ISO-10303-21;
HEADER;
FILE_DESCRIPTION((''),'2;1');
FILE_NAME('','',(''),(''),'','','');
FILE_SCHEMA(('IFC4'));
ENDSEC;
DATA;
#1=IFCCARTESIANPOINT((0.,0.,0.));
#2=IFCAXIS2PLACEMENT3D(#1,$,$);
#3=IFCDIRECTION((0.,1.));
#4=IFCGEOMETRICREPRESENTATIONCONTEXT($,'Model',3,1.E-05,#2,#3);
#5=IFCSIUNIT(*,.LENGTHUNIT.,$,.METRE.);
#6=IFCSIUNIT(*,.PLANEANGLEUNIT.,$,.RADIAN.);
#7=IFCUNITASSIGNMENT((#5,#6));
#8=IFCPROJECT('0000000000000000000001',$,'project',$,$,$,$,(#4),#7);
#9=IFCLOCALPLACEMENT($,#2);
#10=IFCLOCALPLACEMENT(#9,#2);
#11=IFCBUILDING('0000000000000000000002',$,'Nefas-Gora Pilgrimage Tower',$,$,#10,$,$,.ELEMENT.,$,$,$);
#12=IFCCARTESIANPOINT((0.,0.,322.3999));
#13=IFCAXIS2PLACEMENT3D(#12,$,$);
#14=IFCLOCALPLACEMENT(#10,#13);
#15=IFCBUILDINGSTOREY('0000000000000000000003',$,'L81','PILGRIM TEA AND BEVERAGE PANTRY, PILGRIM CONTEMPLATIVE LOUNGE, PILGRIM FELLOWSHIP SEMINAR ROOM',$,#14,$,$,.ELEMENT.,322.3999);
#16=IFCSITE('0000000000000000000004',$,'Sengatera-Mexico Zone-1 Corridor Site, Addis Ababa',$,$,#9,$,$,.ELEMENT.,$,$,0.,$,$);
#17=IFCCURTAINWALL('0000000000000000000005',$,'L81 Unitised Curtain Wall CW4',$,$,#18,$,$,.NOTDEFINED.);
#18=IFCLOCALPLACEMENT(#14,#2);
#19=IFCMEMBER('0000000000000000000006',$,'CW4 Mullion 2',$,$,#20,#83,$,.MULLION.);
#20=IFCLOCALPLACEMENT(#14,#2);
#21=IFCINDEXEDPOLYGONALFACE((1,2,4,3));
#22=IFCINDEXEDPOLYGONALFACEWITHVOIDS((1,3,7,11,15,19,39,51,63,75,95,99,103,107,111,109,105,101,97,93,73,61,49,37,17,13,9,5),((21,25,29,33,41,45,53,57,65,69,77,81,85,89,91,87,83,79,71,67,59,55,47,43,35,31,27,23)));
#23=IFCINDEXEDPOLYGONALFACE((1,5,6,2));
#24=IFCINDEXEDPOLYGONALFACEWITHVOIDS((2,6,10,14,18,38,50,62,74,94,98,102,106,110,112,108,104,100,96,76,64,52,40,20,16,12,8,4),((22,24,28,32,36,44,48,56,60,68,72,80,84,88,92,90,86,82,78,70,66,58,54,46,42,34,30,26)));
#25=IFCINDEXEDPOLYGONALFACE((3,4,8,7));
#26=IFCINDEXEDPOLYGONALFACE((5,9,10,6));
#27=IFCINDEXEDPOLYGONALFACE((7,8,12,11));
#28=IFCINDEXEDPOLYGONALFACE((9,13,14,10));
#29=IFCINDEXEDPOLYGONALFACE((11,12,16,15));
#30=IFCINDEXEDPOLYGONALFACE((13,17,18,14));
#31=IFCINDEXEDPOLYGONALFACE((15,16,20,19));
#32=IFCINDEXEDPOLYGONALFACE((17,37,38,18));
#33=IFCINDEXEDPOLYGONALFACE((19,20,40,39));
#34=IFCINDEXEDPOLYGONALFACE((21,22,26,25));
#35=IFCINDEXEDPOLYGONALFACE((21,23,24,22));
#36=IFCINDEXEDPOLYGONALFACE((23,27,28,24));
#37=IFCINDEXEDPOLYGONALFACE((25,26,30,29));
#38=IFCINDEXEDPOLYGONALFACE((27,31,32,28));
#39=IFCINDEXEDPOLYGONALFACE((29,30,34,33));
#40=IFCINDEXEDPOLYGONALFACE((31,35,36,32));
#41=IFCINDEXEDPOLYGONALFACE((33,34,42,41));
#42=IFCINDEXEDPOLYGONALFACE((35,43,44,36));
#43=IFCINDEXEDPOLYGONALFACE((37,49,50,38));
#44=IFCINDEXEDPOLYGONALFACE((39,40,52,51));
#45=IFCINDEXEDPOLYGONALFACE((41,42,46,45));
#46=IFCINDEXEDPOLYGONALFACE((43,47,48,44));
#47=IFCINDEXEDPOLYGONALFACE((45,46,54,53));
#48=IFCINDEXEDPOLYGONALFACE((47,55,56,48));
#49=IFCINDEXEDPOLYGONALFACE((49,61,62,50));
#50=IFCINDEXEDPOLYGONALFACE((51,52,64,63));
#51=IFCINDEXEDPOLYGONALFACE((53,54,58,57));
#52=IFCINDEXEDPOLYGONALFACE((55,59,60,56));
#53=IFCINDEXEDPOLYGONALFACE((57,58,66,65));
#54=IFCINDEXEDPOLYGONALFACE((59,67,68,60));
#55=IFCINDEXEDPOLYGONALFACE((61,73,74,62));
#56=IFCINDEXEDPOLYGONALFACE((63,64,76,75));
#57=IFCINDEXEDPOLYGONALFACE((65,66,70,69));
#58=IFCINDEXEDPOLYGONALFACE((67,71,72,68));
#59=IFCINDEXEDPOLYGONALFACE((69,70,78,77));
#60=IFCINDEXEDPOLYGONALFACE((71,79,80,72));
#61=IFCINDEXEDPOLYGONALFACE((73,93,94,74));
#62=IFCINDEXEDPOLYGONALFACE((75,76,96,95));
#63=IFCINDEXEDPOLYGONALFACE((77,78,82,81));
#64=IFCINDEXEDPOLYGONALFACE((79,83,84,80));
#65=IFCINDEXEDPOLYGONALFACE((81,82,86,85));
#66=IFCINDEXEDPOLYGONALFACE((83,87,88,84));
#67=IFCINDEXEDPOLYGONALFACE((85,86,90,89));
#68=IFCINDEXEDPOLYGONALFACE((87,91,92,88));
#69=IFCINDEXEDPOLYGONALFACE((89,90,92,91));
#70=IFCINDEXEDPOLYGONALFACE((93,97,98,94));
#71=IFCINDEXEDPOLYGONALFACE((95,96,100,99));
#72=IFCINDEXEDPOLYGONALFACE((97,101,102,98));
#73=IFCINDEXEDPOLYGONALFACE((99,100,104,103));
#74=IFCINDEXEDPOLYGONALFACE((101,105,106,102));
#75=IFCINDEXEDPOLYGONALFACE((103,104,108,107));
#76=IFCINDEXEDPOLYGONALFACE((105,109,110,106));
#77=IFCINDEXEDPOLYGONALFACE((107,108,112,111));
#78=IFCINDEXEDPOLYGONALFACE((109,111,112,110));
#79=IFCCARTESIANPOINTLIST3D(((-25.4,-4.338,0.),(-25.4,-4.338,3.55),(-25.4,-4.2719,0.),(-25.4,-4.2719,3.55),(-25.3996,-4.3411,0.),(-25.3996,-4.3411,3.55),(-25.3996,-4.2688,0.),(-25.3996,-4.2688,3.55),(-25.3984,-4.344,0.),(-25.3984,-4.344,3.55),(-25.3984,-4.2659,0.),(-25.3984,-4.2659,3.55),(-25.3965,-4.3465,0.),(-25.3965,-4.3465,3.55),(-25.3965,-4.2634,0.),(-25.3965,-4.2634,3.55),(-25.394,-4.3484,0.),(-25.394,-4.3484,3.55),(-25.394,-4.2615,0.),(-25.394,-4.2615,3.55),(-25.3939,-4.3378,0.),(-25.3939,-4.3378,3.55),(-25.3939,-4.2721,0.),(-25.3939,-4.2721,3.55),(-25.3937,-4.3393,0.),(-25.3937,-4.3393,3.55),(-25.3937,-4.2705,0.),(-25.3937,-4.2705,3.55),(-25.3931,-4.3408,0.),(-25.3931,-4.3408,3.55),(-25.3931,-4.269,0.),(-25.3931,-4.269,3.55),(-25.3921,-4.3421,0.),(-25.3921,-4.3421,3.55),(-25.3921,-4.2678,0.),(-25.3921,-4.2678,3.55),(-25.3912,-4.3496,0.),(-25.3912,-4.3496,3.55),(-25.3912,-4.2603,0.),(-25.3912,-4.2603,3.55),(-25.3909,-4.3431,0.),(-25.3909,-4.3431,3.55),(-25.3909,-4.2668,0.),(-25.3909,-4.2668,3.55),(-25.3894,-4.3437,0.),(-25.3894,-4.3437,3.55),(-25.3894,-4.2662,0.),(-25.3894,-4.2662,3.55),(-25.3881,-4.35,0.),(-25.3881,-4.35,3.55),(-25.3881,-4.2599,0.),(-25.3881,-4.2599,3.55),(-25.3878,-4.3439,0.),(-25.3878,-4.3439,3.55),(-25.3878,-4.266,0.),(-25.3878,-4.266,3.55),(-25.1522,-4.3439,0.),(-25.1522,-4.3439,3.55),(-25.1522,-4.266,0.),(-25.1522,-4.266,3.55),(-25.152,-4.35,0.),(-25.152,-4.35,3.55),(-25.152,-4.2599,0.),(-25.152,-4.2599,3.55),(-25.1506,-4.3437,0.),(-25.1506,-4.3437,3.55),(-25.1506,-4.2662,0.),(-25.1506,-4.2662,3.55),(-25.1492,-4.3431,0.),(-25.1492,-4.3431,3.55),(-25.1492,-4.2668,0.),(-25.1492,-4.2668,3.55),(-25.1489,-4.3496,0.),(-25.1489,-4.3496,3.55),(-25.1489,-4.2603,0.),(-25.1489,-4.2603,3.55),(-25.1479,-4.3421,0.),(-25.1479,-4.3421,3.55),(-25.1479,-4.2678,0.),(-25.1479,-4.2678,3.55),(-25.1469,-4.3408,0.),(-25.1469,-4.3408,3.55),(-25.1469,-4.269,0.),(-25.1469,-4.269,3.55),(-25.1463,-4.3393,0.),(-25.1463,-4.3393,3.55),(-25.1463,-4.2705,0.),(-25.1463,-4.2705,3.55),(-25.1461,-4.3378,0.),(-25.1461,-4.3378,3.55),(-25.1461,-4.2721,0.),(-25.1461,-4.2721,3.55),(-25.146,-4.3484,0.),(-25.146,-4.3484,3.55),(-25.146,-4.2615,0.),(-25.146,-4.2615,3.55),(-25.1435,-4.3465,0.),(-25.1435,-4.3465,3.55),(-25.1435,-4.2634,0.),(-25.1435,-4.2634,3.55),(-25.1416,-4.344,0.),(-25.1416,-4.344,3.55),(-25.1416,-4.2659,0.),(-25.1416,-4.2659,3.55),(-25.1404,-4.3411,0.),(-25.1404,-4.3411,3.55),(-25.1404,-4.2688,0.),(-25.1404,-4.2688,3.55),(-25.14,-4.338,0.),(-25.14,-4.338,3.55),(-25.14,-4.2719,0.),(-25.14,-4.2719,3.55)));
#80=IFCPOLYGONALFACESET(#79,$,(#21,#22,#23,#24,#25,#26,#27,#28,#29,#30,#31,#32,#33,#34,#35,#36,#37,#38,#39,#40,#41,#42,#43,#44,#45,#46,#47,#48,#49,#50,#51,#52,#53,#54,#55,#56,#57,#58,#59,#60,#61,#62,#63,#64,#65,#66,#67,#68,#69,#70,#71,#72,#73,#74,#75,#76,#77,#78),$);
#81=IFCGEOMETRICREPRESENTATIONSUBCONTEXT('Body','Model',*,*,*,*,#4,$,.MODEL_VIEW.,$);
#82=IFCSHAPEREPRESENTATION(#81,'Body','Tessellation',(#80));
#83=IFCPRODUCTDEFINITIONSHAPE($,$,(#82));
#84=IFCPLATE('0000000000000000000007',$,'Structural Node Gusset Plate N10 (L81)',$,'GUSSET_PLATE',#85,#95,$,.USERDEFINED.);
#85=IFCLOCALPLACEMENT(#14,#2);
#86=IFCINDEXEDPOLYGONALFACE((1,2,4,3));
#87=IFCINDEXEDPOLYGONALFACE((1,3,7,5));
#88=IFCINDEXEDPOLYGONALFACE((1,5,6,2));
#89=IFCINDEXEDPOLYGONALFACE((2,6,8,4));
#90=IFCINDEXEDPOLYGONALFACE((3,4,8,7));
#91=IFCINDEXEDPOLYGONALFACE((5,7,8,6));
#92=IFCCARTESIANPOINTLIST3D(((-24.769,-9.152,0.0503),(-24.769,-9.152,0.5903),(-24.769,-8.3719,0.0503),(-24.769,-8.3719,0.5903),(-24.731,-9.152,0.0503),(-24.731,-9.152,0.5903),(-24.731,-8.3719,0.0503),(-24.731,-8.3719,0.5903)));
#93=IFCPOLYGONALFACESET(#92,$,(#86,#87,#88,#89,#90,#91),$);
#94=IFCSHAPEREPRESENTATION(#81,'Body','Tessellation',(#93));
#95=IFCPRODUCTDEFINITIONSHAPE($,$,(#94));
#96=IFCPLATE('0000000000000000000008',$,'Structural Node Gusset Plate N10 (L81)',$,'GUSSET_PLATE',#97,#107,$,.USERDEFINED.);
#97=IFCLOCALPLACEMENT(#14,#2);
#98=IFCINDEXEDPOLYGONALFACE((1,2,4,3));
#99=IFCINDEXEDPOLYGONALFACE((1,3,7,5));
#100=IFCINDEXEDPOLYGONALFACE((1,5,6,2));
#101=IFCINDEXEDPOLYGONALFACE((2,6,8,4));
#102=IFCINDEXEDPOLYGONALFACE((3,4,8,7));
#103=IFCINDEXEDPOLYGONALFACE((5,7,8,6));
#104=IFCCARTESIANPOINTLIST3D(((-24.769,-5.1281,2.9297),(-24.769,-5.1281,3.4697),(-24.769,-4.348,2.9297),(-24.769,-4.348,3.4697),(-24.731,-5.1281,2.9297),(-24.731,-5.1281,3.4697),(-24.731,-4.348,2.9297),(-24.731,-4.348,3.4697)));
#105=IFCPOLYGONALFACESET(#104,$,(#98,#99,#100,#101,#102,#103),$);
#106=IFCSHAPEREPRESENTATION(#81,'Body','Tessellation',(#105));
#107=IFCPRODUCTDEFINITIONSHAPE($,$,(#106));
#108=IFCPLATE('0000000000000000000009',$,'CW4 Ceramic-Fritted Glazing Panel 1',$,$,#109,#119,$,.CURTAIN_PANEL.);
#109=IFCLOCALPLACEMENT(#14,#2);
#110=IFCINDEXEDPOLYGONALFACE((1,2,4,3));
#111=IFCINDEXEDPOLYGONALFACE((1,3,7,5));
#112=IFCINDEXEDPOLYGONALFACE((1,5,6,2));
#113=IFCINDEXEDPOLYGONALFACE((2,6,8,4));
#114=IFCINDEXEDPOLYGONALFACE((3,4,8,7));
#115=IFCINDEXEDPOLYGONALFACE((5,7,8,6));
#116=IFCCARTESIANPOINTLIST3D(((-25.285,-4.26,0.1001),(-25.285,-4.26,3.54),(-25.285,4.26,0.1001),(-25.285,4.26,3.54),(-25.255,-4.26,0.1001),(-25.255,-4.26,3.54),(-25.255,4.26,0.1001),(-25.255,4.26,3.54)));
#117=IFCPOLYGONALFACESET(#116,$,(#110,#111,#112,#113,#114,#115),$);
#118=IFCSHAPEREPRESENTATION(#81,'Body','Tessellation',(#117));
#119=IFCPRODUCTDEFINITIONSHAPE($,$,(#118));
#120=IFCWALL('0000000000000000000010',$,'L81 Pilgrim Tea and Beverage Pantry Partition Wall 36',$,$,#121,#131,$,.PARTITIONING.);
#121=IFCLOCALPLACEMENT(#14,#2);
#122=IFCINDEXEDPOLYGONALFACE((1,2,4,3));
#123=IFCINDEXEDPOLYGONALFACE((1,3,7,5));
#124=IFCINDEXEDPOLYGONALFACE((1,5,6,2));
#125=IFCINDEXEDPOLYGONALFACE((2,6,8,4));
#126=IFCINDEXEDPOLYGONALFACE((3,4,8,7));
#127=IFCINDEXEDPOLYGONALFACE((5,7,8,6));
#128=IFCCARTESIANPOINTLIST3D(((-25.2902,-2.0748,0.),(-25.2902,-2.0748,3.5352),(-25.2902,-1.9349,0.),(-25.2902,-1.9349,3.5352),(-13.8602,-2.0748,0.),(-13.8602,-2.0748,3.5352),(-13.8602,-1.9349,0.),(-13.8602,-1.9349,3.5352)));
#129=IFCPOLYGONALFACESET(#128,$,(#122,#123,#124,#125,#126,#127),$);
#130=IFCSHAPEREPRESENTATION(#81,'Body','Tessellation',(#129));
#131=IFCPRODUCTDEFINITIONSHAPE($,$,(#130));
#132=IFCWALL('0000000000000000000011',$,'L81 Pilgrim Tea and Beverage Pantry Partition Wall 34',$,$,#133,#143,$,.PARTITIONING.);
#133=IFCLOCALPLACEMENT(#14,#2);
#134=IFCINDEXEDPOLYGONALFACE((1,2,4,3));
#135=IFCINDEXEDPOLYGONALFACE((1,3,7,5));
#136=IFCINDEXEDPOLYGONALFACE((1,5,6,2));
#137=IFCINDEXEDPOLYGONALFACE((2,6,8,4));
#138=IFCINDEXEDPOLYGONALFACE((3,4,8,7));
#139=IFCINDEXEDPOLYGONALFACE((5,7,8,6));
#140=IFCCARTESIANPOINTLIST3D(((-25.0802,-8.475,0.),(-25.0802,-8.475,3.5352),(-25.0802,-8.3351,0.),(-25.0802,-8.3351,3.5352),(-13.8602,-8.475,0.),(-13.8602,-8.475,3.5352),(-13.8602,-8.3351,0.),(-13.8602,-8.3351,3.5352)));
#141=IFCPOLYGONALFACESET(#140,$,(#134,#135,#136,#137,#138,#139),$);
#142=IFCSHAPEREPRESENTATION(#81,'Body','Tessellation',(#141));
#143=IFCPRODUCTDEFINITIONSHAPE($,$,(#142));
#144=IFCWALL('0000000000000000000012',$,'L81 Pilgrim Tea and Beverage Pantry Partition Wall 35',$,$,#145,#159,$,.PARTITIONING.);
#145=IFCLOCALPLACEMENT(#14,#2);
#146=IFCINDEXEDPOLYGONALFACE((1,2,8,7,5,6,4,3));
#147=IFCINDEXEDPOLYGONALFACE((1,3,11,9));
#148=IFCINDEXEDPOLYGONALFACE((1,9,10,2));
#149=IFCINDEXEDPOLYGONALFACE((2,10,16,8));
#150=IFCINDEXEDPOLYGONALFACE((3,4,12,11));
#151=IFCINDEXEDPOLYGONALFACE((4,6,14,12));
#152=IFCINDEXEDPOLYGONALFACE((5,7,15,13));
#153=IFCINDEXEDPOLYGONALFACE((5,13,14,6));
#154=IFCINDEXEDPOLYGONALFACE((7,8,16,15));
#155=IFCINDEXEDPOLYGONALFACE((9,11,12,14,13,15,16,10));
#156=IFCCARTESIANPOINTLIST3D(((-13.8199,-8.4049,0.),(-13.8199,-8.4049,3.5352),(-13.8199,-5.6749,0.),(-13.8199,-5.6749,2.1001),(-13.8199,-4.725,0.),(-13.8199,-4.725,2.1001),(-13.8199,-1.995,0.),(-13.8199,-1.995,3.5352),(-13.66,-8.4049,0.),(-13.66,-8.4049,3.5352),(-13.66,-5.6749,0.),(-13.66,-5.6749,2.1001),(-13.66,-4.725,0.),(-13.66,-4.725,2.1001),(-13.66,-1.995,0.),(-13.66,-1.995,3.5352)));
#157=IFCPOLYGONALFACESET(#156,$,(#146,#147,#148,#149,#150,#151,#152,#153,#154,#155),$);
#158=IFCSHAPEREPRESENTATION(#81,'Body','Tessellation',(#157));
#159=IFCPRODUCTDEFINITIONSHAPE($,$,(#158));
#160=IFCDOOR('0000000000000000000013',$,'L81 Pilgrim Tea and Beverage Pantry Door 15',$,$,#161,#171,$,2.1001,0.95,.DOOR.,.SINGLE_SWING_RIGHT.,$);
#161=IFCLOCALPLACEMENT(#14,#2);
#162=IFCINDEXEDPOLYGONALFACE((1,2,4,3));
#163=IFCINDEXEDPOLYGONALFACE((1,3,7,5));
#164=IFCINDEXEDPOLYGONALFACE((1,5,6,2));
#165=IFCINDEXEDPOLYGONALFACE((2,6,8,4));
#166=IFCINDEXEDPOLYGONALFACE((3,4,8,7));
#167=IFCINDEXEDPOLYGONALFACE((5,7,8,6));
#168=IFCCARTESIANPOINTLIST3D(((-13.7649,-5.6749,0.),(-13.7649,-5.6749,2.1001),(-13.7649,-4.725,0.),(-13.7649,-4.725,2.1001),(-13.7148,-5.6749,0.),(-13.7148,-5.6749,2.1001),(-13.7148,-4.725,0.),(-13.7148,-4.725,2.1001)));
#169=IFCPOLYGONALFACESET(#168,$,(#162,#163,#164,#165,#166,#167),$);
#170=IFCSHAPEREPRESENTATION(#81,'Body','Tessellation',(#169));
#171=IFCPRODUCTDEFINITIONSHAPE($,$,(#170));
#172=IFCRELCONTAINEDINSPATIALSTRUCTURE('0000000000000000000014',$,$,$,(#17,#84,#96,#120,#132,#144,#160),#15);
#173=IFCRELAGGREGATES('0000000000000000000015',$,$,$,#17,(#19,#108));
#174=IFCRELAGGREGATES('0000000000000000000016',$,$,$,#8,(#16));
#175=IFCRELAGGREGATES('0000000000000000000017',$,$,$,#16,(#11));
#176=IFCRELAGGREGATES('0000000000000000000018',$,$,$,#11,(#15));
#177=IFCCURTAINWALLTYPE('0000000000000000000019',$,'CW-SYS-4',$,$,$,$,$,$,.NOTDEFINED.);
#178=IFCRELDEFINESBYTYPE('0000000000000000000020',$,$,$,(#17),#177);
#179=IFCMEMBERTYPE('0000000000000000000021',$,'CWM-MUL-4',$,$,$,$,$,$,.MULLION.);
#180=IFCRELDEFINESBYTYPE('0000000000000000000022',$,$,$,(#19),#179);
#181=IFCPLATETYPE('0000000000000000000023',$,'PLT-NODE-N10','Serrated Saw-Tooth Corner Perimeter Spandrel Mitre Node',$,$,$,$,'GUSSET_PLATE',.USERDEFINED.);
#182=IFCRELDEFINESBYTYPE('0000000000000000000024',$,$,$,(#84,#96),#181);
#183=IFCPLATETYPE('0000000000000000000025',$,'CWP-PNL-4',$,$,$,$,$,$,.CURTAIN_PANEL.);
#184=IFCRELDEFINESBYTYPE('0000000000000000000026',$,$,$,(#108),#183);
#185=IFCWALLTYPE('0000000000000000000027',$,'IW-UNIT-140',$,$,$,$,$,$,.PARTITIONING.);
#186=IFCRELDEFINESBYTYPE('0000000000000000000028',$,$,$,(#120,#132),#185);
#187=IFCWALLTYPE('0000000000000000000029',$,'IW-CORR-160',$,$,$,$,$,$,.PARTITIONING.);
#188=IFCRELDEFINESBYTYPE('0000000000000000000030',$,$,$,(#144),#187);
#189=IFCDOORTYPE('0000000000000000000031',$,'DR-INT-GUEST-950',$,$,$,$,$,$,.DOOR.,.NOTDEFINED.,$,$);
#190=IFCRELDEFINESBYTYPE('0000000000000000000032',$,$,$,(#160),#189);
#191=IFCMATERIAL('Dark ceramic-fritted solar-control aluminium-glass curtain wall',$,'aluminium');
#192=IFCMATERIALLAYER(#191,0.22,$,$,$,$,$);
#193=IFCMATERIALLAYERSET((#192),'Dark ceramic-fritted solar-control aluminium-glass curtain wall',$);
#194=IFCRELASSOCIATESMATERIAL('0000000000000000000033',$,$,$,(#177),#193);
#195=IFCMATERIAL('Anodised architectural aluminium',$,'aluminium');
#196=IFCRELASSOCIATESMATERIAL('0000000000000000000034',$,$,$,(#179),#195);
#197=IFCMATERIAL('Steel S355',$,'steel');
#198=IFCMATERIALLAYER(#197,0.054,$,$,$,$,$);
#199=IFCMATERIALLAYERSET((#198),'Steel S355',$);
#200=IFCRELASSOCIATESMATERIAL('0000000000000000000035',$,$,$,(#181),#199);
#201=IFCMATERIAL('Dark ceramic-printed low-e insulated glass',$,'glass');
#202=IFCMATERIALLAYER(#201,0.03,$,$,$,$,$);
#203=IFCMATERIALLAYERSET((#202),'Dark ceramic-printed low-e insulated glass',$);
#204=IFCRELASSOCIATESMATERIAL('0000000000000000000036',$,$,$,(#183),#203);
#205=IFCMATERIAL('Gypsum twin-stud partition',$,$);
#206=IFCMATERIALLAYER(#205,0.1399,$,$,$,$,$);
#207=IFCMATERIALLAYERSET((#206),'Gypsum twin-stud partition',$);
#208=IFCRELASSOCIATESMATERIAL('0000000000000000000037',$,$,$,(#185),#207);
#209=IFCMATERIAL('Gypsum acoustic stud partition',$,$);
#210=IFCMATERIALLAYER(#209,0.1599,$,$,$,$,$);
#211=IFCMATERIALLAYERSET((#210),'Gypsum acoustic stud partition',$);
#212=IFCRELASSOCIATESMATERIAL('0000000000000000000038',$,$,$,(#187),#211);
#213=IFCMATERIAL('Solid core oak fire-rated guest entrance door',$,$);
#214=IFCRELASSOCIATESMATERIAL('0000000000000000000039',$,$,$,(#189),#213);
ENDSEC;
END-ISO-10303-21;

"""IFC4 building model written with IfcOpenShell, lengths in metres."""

from ifc_helpers import new_model, si_unit, direction, frame, frame_2d, origin, origin_2d, place, context, subcontext, project, spatial, rectangle, hollow_rectangle, extrude, source, transform, mapped, material, layer, layer_set, material_profile, profile_set, type_object, element, fill, aggregate, save


model = new_model("IFC4")

# Units and contexts
model_context = context("Model", 3, precision=1e-05, world=origin(), true_north=direction((0.0, 1.0)))
body_context = subcontext(model_context, "Body", "Model", "MODEL_VIEW")
ifc_project = project(units=[si_unit("LENGTHUNIT", "METRE"), si_unit("PLANEANGLEUNIT", "RADIAN")], contexts=[model_context])

# Site, building, storey
site_placement = place(None, origin())
site = spatial("IfcSite", under=ifc_project, at=site_placement, Name="Sengatera-Mexico Zone-1 Corridor Site, Addis Ababa", CompositionType="ELEMENT", RefElevation=0.0)
building_placement = place(site_placement, origin())
building = spatial("IfcBuilding", under=site, at=building_placement, Name="Nefas-Gora Pilgrimage Tower", CompositionType="ELEMENT")
storey_placement = place(building_placement, frame((0.0, 0.0, 322.3999)))
storey = spatial("IfcBuildingStorey", under=building, at=storey_placement, Name="L81", Description="PILGRIM TEA AND BEVERAGE PANTRY, PILGRIM CONTEMPLATIVE LOUNGE, PILGRIM FELLOWSHIP SEMINAR ROOM", CompositionType="ELEMENT", Elevation=322.3999)

# Shared definitions
ifc_material_1 = material(Name="Steel S355", Category="steel")

# Curtain wall, member
ifc_material_2 = material(Name="Dark ceramic-fritted solar-control aluminium-glass curtain wall", Category="aluminium")
ifc_layer_1 = layer(ifc_material_2, 0.22)
ifc_layer_set_1 = layer_set([ifc_layer_1], Name="Dark ceramic-fritted solar-control aluminium-glass curtain wall")
curtain_wall_type = type_object("IfcCurtainWallType", Name="CW-SYS-4", PredefinedType="NOTDEFINED", material=ifc_layer_set_1)
curtain_wall_placement = place(storey_placement, origin())
curtain_wall = element("IfcCurtainWall", 1, at=curtain_wall_placement, inside=storey, type_object=curtain_wall_type, Name="L81 Unitised Curtain Wall CW4", PredefinedType="NOTDEFINED")
ifc_material_3 = material(Name="Anodised architectural aluminium", Category="aluminium")
ifc_material_profile_1 = material_profile(ifc_material_3, hollow_rectangle(XDim=0.0901, YDim=0.26, WallThickness=0.0061, InnerFilletRadius=0.0061, OuterFilletRadius=0.012, at=origin_2d()), Name="ALU MULLION 90x260")
ifc_profile_set_1 = profile_set([ifc_material_profile_1], Name="Anodised architectural aluminium")
member_type_1 = type_object("IfcMemberType", Name="CWM-MUL-4", PredefinedType="MULLION", material=ifc_profile_set_1)
shared_shape_1 = source(origin(), body_context, "Body", "SweptSolid", [
    extrude(hollow_rectangle(XDim=0.0901, YDim=0.26, WallThickness=0.0061, InnerFilletRadius=0.0061, OuterFilletRadius=0.012, at=origin_2d()), origin(), (0.0, 0.0, 1.0), 3.55),
])
member_1_placement = place(storey_placement, frame((-25.27, -4.3049, 0.0), z_axis=(0.0, 0.0, 1.0), x_axis=(0.0, -1.0, 0.0)))
member_1 = element("IfcMember", 2, at=member_1_placement, type_object=member_type_1, Name="CW4 Mullion 2", PredefinedType="MULLION", context=body_context, shape_type="MappedRepresentation", body=[
    mapped(shared_shape_1, transform((0.0, 0.0, 0.0), x_axis=(1.0, 0.0, 0.0), y_axis=(0.0, 1.0, 0.0), z_axis=(0.0, 0.0, 1.0), scale=1.0)),
])

# Plates
ifc_layer_2 = layer(ifc_material_1, 0.054)
ifc_layer_set_2 = layer_set([ifc_layer_2], Name="Steel S355")
plate_type_1 = type_object("IfcPlateType", Name="PLT-NODE-N10", Description="Serrated Saw-Tooth Corner Perimeter Spandrel Mitre Node", ElementType="GUSSET_PLATE", PredefinedType="USERDEFINED", material=ifc_layer_set_2)
shared_shape_2 = source(origin(), body_context, "Body", "SweptSolid", [
    extrude(rectangle(XDim=0.78, YDim=0.0381, at=origin_2d()), origin(), (0.0, 0.0, 1.0), 0.54),
])
for number, where, z_axis, x_axis, name in (
    (3, (-24.75, -8.762, 0.0503), (0.0, 0.0, 1.0), (0.0, 1.0, 0.0), "Structural Node Gusset Plate N10 (L81)"),
    (4, (-24.75, -4.738, 2.9297), (0.0, 0.0, 1.0), (0.0, 1.0, 0.0), "Structural Node Gusset Plate N10 (L81)"),
):
    element("IfcPlate", number, at=place(storey_placement, frame(where, z_axis=z_axis, x_axis=x_axis)), inside=storey, type_object=plate_type_1, Name=name, ObjectType="GUSSET_PLATE", PredefinedType="USERDEFINED", context=body_context, shape_type="MappedRepresentation", body=[
        mapped(shared_shape_2, transform((0.0, 0.0, 0.0), x_axis=(1.0, 0.0, 0.0), y_axis=(0.0, 1.0, 0.0), z_axis=(0.0, 0.0, 1.0), scale=1.0)),
    ])

# Plate
ifc_material_4 = material(Name="Dark ceramic-printed low-e insulated glass", Category="glass")
ifc_layer_3 = layer(ifc_material_4, 0.03)
ifc_layer_set_3 = layer_set([ifc_layer_3], Name="Dark ceramic-printed low-e insulated glass")
plate_type_2 = type_object("IfcPlateType", Name="CWP-PNL-4", PredefinedType="CURTAIN_PANEL", material=ifc_layer_set_3)
shared_shape_3 = source(origin(), body_context, "Body", "SweptSolid", [
    extrude(rectangle(XDim=8.52, YDim=0.03, at=origin_2d()), origin(), (0.0, 0.0, 1.0), 3.4399),
])
plate_placement = place(storey_placement, frame((-25.27, 0.0, 0.1001), z_axis=(0.0, 0.0, 1.0), x_axis=(0.0, -1.0, 0.0)))
plate = element("IfcPlate", 5, at=plate_placement, type_object=plate_type_2, Name="CW4 Ceramic-Fritted Glazing Panel 1", PredefinedType="CURTAIN_PANEL", context=body_context, shape_type="MappedRepresentation", body=[
    mapped(shared_shape_3, transform((0.0, 0.0, 0.0), x_axis=(1.0, 0.0, 0.0), y_axis=(0.0, 1.0, 0.0), z_axis=(0.0, 0.0, 1.0), scale=1.0)),
])
aggregate(curtain_wall, [member_1, plate])

# Walls
ifc_material_5 = material(Name="Gypsum twin-stud partition")
ifc_layer_4 = layer(ifc_material_5, 0.1399)
ifc_layer_set_4 = layer_set([ifc_layer_4], Name="Gypsum twin-stud partition")
wall_type_1 = type_object("IfcWallType", Name="IW-UNIT-140", PredefinedType="PARTITIONING", material=ifc_layer_set_4)
shared_shape_4 = source(origin(), body_context, "Body", "SweptSolid", [
    extrude(rectangle(XDim=11.4299, YDim=0.1399, at=frame_2d((5.7148, 0.0))), origin(), (0.0, 0.0, 1.0), 3.5352),
])
wall_1_placement = place(storey_placement, frame((-25.29, -2.0049, 0.0), z_axis=(0.0, 0.0, 1.0), x_axis=(1.0, 0.0, 0.0)))
element("IfcWall", 6, at=wall_1_placement, inside=storey, type_object=wall_type_1, Name="L81 Pilgrim Tea and Beverage Pantry Partition Wall 36", PredefinedType="PARTITIONING", context=body_context, shape_type="MappedRepresentation", body=[
    mapped(shared_shape_4, transform((0.0, 0.0, 0.0), x_axis=(1.0, 0.0, 0.0), y_axis=(0.0, 1.0, 0.0), z_axis=(0.0, 0.0, 1.0), scale=1.0)),
])
shared_shape_5 = source(origin(), body_context, "Body", "SweptSolid", [
    extrude(rectangle(XDim=11.22, YDim=0.1399, at=frame_2d((5.6099, 0.0))), origin(), (0.0, 0.0, 1.0), 3.5352),
])
wall_2_placement = place(storey_placement, frame((-25.0801, -8.405, 0.0), z_axis=(0.0, 0.0, 1.0), x_axis=(1.0, 0.0, 0.0)))
element("IfcWall", 7, at=wall_2_placement, inside=storey, type_object=wall_type_1, Name="L81 Pilgrim Tea and Beverage Pantry Partition Wall 34", PredefinedType="PARTITIONING", context=body_context, shape_type="MappedRepresentation", body=[
    mapped(shared_shape_5, transform((0.0, 0.0, 0.0), x_axis=(1.0, 0.0, 0.0), y_axis=(0.0, 1.0, 0.0), z_axis=(0.0, 0.0, 1.0), scale=1.0)),
])

# Wall, opening, door
ifc_material_6 = material(Name="Gypsum acoustic stud partition")
ifc_layer_5 = layer(ifc_material_6, 0.1599)
ifc_layer_set_5 = layer_set([ifc_layer_5], Name="Gypsum acoustic stud partition")
wall_type_2 = type_object("IfcWallType", Name="IW-CORR-160", PredefinedType="PARTITIONING", material=ifc_layer_set_5)
shared_shape_6 = source(origin(), body_context, "Body", "SweptSolid", [
    extrude(rectangle(XDim=6.4099, YDim=0.1599, at=frame_2d((3.2051, 0.0))), origin(), (0.0, 0.0, 1.0), 3.5352),
])
wall_3_placement = place(storey_placement, frame((-13.74, -8.405, 0.0), z_axis=(0.0, 0.0, 1.0), x_axis=(0.0, 1.0, 0.0)))
wall_3 = element("IfcWall", 8, at=wall_3_placement, inside=storey, type_object=wall_type_2, Name="L81 Pilgrim Tea and Beverage Pantry Partition Wall 35", PredefinedType="PARTITIONING", context=body_context, shape_type="MappedRepresentation", body=[
    mapped(shared_shape_6, transform((0.0, 0.0, 0.0), x_axis=(1.0, 0.0, 0.0), y_axis=(0.0, 1.0, 0.0), z_axis=(0.0, 0.0, 1.0), scale=1.0)),
])
opening_1_placement = place(wall_3_placement, frame((2.73, 0.0, 0.0)))
opening_1 = element("IfcOpeningElement", 9, at=opening_1_placement, cuts=wall_3, PredefinedType="OPENING", context=body_context, shape_type="SweptSolid", body=[
    extrude(rectangle(XDim=0.95, YDim=2.1001, at=frame_2d((0.4751, 1.05))), frame((0.0, 0.0898, 0.0), z_axis=(0.0, -1.0, 0.0), x_axis=(1.0, 0.0, 0.0)), (0.0, 0.0, 1.0), 0.1799),
])
ifc_material_7 = material(Name="Solid core oak fire-rated guest entrance door")
door_type = type_object("IfcDoorType", Name="DR-INT-GUEST-950", OperationType="NOTDEFINED", PredefinedType="DOOR", material=ifc_material_7)
shared_shape_7 = source(origin(), body_context, "Body", "SweptSolid", [
    extrude(rectangle(XDim=0.95, YDim=2.1001, at=frame_2d((0.4751, 1.05))), frame((0.0, 0.0249, 0.0), z_axis=(0.0, -1.0, 0.0), x_axis=(1.0, 0.0, 0.0)), (0.0, 0.0, 1.0), 0.05),
])
door_1_placement = place(opening_1_placement, origin())
door_1 = element("IfcDoor", 10, at=door_1_placement, inside=storey, type_object=door_type, Name="L81 Pilgrim Tea and Beverage Pantry Door 15", OperationType="SINGLE_SWING_RIGHT", OverallHeight=2.1001, OverallWidth=0.95, PredefinedType="DOOR", context=body_context, shape_type="MappedRepresentation", body=[
    mapped(shared_shape_7, transform((0.0, 0.0, 0.0), x_axis=(1.0, 0.0, 0.0), y_axis=(0.0, 1.0, 0.0), z_axis=(0.0, 0.0, 1.0), scale=1.0)),
])
fill(opening_1, door_1)

save(model, "model.ifc")
